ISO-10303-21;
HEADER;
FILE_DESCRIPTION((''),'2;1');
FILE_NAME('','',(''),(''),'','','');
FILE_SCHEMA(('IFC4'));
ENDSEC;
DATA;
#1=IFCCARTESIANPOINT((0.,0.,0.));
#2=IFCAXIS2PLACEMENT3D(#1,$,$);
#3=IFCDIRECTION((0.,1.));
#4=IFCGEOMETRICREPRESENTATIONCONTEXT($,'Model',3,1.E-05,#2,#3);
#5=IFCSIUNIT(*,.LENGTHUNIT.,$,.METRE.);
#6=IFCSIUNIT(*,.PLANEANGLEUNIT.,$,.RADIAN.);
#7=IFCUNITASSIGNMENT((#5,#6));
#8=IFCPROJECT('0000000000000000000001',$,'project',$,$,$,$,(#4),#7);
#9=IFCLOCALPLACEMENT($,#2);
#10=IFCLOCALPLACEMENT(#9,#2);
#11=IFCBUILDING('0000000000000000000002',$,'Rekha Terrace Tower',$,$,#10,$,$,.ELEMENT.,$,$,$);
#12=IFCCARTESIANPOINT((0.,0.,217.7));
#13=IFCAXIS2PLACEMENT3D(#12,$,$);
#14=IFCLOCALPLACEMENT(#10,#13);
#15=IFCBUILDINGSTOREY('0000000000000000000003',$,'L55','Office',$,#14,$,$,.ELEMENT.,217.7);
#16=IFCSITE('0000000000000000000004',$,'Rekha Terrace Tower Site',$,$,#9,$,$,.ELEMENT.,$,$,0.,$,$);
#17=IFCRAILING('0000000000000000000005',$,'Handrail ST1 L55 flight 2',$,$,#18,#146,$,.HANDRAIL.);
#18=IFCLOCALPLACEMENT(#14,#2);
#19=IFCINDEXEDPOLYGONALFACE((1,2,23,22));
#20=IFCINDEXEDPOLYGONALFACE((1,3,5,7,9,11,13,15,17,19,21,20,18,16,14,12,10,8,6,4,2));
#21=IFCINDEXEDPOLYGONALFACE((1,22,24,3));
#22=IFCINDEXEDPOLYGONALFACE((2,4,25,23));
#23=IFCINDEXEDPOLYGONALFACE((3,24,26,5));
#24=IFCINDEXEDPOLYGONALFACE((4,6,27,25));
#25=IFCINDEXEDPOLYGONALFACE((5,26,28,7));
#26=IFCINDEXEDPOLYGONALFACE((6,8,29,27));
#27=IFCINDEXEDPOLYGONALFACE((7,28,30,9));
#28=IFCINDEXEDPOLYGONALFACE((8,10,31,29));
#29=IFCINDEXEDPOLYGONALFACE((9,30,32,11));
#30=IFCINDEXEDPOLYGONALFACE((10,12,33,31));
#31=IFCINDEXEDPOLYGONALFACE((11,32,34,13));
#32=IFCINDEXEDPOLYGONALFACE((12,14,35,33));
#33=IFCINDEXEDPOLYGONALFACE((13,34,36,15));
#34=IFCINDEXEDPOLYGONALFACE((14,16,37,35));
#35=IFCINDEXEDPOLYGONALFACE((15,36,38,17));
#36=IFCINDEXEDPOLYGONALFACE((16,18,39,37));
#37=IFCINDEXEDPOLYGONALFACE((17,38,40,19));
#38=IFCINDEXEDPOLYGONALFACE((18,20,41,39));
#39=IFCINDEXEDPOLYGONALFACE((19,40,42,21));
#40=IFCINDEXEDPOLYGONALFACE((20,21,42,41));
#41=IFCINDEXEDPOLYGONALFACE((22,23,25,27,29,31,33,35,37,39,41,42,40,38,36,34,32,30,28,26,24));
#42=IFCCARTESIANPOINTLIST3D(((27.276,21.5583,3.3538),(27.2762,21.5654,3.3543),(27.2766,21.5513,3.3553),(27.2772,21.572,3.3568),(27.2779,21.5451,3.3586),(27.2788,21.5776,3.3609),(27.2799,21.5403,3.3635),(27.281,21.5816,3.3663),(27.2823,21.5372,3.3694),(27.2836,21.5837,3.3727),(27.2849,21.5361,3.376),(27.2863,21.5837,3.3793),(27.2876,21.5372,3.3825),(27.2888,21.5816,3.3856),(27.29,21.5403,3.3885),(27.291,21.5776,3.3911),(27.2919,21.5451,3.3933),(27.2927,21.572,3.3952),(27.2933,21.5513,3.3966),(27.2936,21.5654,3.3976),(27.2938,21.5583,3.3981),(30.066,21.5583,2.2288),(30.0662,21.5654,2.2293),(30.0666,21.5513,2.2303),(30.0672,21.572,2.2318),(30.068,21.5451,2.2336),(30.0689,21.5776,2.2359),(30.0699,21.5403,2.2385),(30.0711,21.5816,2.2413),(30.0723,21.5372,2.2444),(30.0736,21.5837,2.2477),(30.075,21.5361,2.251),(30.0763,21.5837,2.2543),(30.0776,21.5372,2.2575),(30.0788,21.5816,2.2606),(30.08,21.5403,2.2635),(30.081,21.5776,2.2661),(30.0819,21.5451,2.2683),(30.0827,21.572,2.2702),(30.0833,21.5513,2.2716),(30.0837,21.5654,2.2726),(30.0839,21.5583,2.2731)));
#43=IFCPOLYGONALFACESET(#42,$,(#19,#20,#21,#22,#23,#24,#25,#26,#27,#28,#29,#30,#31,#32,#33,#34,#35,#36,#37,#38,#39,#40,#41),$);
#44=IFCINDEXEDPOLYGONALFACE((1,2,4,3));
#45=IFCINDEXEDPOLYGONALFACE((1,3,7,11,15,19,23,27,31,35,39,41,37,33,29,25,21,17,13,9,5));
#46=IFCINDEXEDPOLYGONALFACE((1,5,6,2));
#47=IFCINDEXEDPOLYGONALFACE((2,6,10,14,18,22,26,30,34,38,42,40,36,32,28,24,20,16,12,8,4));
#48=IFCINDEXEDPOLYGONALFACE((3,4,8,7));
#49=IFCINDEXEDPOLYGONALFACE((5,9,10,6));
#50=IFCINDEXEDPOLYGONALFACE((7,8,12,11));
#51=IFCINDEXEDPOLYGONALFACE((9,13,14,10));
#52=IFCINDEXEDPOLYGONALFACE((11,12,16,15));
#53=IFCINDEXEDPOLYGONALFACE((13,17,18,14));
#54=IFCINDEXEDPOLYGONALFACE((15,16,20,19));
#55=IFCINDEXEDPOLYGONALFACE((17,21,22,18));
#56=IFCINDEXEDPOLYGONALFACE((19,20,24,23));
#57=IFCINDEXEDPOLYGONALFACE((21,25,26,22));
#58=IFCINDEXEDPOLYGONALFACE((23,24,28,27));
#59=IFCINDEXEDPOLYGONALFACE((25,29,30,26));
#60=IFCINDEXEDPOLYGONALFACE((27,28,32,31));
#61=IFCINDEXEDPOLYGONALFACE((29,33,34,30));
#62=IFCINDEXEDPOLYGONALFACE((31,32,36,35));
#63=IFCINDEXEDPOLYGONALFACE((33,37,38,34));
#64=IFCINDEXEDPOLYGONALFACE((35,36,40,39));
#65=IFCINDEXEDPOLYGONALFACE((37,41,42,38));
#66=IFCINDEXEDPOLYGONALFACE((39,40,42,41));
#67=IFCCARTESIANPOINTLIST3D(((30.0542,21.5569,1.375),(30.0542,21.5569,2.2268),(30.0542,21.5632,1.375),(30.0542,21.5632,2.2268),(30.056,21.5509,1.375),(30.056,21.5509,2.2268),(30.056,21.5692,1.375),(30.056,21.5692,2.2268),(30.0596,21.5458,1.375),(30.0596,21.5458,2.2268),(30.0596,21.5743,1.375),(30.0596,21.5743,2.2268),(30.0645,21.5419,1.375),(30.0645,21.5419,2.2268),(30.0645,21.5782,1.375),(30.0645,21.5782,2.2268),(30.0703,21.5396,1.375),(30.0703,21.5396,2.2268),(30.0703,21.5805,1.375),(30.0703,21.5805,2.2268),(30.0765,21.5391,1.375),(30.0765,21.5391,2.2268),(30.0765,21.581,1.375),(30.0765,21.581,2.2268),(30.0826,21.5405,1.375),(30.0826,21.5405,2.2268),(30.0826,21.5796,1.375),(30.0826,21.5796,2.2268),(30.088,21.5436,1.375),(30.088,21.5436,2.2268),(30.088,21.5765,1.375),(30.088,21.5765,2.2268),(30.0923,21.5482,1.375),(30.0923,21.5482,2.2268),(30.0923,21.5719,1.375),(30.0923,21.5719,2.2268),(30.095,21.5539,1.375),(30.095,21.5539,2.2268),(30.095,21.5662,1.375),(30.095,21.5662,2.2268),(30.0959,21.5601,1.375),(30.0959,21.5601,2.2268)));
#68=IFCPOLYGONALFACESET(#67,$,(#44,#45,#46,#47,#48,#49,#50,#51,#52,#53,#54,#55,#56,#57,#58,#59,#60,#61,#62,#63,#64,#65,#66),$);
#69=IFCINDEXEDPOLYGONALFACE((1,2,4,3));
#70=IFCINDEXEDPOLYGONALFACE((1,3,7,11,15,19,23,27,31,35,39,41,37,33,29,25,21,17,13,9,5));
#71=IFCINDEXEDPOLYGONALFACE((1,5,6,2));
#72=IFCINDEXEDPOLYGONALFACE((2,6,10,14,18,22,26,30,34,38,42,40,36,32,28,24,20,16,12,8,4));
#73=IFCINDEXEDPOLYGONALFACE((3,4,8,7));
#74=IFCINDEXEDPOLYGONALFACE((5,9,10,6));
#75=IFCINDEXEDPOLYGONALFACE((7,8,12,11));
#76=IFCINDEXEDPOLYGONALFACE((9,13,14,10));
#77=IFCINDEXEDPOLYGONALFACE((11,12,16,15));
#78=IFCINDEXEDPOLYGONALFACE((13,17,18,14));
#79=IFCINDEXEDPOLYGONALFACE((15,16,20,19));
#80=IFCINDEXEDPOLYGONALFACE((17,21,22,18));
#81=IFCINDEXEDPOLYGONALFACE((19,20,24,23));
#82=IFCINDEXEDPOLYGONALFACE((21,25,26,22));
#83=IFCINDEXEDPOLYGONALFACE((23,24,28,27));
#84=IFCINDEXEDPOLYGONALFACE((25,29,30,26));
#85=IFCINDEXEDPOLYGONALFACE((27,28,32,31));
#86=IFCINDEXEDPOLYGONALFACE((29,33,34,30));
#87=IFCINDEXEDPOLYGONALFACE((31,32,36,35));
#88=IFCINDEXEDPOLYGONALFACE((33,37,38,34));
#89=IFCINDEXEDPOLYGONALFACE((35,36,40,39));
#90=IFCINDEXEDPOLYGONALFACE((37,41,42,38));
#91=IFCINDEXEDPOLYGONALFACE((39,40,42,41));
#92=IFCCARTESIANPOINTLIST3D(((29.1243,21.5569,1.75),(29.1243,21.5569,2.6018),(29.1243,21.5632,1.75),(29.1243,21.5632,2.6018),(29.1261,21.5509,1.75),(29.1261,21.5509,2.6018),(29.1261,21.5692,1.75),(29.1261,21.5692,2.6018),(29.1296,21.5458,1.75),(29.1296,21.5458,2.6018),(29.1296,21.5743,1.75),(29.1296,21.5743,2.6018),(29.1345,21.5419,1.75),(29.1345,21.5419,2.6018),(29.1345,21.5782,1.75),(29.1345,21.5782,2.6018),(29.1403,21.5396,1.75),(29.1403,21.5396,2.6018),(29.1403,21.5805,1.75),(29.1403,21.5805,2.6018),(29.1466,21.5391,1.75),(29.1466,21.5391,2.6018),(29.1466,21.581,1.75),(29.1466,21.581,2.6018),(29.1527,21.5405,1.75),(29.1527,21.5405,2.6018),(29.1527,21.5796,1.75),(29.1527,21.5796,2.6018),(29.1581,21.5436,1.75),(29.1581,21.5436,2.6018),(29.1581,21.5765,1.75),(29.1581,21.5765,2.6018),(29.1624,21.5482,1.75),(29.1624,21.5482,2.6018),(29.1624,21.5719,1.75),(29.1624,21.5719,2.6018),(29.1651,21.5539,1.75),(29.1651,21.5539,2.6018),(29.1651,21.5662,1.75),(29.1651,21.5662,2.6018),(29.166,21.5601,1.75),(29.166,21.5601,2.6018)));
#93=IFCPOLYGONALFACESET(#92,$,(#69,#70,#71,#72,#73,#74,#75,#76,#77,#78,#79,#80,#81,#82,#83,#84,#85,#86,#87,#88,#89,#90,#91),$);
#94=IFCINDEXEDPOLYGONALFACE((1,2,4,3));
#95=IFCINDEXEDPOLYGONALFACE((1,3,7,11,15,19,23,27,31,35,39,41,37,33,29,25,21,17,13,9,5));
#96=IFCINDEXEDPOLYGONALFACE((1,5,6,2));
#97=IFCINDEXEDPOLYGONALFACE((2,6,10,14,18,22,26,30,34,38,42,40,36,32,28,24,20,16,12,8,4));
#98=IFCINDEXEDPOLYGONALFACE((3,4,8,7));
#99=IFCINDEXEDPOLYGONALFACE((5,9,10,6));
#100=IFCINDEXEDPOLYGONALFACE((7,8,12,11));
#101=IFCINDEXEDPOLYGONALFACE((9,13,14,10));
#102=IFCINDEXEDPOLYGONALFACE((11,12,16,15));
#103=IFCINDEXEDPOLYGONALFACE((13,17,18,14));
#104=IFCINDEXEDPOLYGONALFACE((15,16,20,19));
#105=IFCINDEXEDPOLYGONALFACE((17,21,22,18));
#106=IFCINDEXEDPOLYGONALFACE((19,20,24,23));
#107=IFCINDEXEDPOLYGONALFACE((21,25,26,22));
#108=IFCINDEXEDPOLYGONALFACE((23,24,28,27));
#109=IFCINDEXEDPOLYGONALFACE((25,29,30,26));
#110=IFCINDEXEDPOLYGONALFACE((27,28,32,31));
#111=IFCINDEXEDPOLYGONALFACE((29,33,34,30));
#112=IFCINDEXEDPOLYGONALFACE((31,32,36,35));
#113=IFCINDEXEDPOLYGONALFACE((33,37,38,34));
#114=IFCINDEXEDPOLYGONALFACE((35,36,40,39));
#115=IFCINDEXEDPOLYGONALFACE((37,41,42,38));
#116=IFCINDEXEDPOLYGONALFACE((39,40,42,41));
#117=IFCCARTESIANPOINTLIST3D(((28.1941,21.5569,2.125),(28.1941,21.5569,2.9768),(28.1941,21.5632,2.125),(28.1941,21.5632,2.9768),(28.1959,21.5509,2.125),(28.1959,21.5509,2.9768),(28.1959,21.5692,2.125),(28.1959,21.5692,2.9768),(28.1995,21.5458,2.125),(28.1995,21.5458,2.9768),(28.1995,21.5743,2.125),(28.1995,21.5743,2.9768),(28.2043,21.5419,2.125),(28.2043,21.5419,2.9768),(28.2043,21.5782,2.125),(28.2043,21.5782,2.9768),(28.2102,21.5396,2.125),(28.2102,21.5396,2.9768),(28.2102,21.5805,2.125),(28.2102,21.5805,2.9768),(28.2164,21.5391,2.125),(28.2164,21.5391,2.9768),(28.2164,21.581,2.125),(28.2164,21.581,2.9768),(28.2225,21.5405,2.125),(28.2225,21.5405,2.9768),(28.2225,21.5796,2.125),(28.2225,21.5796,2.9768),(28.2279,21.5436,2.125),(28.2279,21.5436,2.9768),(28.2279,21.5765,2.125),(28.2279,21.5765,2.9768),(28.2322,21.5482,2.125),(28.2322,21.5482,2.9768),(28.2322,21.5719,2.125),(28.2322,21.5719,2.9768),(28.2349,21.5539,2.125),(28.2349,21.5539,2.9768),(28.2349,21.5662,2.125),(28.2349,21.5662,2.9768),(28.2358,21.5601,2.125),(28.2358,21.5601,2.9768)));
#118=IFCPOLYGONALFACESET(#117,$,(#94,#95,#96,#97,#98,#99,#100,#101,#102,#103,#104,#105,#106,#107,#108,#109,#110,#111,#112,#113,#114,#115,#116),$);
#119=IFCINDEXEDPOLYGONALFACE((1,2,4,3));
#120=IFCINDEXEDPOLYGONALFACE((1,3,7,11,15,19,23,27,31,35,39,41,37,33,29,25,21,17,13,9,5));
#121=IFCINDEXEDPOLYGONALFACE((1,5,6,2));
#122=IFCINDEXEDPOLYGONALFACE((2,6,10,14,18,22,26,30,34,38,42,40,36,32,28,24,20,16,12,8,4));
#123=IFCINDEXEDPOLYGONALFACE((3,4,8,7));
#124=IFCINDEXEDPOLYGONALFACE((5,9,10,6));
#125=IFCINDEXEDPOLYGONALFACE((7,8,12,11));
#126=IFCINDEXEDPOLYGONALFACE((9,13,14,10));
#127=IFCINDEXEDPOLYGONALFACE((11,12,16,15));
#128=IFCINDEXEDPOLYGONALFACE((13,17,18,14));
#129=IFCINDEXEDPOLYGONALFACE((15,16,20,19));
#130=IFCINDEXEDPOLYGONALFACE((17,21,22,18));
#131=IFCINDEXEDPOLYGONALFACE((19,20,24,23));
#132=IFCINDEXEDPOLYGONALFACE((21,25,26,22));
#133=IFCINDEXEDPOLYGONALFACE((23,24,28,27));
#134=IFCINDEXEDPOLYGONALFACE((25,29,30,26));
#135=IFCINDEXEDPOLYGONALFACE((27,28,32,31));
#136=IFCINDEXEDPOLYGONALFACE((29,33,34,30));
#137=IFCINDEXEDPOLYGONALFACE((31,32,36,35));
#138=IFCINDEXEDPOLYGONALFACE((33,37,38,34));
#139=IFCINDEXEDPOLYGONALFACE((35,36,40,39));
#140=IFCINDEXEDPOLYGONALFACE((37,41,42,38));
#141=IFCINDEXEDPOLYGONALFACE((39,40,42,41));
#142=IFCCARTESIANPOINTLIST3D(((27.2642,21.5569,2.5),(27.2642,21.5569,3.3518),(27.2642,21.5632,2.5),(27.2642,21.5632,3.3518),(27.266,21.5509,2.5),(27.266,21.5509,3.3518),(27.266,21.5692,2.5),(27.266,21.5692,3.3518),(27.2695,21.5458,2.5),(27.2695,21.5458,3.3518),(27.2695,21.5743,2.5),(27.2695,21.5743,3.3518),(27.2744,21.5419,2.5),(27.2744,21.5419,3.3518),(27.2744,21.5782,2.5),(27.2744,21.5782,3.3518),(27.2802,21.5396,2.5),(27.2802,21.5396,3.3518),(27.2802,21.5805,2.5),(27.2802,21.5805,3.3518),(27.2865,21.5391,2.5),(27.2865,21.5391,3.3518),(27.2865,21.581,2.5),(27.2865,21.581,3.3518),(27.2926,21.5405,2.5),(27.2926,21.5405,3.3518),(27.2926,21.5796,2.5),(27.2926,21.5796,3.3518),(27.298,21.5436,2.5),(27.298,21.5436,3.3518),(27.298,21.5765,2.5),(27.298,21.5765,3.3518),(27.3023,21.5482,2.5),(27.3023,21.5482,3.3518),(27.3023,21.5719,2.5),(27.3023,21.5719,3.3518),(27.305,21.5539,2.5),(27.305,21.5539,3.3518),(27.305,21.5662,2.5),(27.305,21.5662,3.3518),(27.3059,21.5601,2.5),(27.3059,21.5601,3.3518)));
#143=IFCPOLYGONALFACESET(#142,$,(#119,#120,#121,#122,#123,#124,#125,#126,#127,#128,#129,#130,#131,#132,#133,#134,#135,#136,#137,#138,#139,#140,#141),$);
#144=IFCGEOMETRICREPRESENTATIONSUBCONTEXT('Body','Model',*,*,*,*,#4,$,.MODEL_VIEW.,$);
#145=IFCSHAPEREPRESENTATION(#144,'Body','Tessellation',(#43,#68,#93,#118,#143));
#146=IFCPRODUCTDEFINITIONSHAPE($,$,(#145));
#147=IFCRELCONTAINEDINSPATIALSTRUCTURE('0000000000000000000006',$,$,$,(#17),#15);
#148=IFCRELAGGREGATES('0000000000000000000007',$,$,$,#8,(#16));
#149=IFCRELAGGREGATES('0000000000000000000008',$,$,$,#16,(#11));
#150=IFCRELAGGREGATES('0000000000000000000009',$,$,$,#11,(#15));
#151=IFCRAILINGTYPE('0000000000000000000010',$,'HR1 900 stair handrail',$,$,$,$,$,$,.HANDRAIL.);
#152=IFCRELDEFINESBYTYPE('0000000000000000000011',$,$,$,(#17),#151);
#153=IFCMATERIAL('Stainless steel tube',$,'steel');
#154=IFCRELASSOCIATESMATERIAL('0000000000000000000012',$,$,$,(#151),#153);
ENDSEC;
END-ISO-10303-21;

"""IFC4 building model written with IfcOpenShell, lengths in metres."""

from ifc_helpers import new_model, si_unit, direction, frame, origin, origin_2d, place, context, subcontext, project, spatial, circle, extrude, material, type_object, element, save


model = new_model("IFC4")

# Units and contexts
model_context = context("Model", 3, precision=1e-05, world=origin(), true_north=direction((0.0, 1.0)))
body_context = subcontext(model_context, "Body", "Model", "MODEL_VIEW")
ifc_project = project(units=[si_unit("LENGTHUNIT", "METRE"), si_unit("PLANEANGLEUNIT", "RADIAN")], contexts=[model_context])

# Site, building, storey
site_placement = place(None, origin())
site = spatial("IfcSite", under=ifc_project, at=site_placement, Name="Rekha Terrace Tower Site", CompositionType="ELEMENT", RefElevation=0.0)
building_placement = place(site_placement, origin())
building = spatial("IfcBuilding", under=site, at=building_placement, Name="Rekha Terrace Tower", CompositionType="ELEMENT")
storey_placement = place(building_placement, frame((0.0, 0.0, 217.7)))
storey = spatial("IfcBuildingStorey", under=building, at=storey_placement, Name="L55", Description="Office", CompositionType="ELEMENT", Elevation=217.7)

# Railing
ifc_material_1 = material(Name="Stainless steel tube", Category="steel")
railing_type_1 = type_object("IfcRailingType", Name="HR1 900 stair handrail", PredefinedType="HANDRAIL", material=ifc_material_1)
railing_1_placement = place(storey_placement, frame((30.075, 21.5601, 1.375)))
element("IfcRailing", 1, at=railing_1_placement, inside=storey, type_object=railing_type_1, Name="Handrail ST1 L55 flight 2", PredefinedType="HANDRAIL", context=body_context, shape_type="SweptSolid", body=[
    extrude(circle(Radius=0.0239, at=origin_2d()), frame((0.0, 0.0, 0.876), z_axis=(-0.927443, 0.0, 0.373964), x_axis=(0.0, -1.0, 0.0)), (0.0, 0.0, 1.0), 3.0083),
    extrude(circle(Radius=0.021, at=origin_2d()), origin(), (0.0, 0.0, 1.0), 0.8518),
    extrude(circle(Radius=0.021, at=origin_2d()), frame((-0.9299, 0.0, 0.375)), (0.0, 0.0, 1.0), 0.8518),
    extrude(circle(Radius=0.021, at=origin_2d()), frame((-1.8601, 0.0, 0.75)), (0.0, 0.0, 1.0), 0.8518),
    extrude(circle(Radius=0.021, at=origin_2d()), frame((-2.79, 0.0, 1.125)), (0.0, 0.0, 1.0), 0.8518),
])

save(model, "model.ifc")
